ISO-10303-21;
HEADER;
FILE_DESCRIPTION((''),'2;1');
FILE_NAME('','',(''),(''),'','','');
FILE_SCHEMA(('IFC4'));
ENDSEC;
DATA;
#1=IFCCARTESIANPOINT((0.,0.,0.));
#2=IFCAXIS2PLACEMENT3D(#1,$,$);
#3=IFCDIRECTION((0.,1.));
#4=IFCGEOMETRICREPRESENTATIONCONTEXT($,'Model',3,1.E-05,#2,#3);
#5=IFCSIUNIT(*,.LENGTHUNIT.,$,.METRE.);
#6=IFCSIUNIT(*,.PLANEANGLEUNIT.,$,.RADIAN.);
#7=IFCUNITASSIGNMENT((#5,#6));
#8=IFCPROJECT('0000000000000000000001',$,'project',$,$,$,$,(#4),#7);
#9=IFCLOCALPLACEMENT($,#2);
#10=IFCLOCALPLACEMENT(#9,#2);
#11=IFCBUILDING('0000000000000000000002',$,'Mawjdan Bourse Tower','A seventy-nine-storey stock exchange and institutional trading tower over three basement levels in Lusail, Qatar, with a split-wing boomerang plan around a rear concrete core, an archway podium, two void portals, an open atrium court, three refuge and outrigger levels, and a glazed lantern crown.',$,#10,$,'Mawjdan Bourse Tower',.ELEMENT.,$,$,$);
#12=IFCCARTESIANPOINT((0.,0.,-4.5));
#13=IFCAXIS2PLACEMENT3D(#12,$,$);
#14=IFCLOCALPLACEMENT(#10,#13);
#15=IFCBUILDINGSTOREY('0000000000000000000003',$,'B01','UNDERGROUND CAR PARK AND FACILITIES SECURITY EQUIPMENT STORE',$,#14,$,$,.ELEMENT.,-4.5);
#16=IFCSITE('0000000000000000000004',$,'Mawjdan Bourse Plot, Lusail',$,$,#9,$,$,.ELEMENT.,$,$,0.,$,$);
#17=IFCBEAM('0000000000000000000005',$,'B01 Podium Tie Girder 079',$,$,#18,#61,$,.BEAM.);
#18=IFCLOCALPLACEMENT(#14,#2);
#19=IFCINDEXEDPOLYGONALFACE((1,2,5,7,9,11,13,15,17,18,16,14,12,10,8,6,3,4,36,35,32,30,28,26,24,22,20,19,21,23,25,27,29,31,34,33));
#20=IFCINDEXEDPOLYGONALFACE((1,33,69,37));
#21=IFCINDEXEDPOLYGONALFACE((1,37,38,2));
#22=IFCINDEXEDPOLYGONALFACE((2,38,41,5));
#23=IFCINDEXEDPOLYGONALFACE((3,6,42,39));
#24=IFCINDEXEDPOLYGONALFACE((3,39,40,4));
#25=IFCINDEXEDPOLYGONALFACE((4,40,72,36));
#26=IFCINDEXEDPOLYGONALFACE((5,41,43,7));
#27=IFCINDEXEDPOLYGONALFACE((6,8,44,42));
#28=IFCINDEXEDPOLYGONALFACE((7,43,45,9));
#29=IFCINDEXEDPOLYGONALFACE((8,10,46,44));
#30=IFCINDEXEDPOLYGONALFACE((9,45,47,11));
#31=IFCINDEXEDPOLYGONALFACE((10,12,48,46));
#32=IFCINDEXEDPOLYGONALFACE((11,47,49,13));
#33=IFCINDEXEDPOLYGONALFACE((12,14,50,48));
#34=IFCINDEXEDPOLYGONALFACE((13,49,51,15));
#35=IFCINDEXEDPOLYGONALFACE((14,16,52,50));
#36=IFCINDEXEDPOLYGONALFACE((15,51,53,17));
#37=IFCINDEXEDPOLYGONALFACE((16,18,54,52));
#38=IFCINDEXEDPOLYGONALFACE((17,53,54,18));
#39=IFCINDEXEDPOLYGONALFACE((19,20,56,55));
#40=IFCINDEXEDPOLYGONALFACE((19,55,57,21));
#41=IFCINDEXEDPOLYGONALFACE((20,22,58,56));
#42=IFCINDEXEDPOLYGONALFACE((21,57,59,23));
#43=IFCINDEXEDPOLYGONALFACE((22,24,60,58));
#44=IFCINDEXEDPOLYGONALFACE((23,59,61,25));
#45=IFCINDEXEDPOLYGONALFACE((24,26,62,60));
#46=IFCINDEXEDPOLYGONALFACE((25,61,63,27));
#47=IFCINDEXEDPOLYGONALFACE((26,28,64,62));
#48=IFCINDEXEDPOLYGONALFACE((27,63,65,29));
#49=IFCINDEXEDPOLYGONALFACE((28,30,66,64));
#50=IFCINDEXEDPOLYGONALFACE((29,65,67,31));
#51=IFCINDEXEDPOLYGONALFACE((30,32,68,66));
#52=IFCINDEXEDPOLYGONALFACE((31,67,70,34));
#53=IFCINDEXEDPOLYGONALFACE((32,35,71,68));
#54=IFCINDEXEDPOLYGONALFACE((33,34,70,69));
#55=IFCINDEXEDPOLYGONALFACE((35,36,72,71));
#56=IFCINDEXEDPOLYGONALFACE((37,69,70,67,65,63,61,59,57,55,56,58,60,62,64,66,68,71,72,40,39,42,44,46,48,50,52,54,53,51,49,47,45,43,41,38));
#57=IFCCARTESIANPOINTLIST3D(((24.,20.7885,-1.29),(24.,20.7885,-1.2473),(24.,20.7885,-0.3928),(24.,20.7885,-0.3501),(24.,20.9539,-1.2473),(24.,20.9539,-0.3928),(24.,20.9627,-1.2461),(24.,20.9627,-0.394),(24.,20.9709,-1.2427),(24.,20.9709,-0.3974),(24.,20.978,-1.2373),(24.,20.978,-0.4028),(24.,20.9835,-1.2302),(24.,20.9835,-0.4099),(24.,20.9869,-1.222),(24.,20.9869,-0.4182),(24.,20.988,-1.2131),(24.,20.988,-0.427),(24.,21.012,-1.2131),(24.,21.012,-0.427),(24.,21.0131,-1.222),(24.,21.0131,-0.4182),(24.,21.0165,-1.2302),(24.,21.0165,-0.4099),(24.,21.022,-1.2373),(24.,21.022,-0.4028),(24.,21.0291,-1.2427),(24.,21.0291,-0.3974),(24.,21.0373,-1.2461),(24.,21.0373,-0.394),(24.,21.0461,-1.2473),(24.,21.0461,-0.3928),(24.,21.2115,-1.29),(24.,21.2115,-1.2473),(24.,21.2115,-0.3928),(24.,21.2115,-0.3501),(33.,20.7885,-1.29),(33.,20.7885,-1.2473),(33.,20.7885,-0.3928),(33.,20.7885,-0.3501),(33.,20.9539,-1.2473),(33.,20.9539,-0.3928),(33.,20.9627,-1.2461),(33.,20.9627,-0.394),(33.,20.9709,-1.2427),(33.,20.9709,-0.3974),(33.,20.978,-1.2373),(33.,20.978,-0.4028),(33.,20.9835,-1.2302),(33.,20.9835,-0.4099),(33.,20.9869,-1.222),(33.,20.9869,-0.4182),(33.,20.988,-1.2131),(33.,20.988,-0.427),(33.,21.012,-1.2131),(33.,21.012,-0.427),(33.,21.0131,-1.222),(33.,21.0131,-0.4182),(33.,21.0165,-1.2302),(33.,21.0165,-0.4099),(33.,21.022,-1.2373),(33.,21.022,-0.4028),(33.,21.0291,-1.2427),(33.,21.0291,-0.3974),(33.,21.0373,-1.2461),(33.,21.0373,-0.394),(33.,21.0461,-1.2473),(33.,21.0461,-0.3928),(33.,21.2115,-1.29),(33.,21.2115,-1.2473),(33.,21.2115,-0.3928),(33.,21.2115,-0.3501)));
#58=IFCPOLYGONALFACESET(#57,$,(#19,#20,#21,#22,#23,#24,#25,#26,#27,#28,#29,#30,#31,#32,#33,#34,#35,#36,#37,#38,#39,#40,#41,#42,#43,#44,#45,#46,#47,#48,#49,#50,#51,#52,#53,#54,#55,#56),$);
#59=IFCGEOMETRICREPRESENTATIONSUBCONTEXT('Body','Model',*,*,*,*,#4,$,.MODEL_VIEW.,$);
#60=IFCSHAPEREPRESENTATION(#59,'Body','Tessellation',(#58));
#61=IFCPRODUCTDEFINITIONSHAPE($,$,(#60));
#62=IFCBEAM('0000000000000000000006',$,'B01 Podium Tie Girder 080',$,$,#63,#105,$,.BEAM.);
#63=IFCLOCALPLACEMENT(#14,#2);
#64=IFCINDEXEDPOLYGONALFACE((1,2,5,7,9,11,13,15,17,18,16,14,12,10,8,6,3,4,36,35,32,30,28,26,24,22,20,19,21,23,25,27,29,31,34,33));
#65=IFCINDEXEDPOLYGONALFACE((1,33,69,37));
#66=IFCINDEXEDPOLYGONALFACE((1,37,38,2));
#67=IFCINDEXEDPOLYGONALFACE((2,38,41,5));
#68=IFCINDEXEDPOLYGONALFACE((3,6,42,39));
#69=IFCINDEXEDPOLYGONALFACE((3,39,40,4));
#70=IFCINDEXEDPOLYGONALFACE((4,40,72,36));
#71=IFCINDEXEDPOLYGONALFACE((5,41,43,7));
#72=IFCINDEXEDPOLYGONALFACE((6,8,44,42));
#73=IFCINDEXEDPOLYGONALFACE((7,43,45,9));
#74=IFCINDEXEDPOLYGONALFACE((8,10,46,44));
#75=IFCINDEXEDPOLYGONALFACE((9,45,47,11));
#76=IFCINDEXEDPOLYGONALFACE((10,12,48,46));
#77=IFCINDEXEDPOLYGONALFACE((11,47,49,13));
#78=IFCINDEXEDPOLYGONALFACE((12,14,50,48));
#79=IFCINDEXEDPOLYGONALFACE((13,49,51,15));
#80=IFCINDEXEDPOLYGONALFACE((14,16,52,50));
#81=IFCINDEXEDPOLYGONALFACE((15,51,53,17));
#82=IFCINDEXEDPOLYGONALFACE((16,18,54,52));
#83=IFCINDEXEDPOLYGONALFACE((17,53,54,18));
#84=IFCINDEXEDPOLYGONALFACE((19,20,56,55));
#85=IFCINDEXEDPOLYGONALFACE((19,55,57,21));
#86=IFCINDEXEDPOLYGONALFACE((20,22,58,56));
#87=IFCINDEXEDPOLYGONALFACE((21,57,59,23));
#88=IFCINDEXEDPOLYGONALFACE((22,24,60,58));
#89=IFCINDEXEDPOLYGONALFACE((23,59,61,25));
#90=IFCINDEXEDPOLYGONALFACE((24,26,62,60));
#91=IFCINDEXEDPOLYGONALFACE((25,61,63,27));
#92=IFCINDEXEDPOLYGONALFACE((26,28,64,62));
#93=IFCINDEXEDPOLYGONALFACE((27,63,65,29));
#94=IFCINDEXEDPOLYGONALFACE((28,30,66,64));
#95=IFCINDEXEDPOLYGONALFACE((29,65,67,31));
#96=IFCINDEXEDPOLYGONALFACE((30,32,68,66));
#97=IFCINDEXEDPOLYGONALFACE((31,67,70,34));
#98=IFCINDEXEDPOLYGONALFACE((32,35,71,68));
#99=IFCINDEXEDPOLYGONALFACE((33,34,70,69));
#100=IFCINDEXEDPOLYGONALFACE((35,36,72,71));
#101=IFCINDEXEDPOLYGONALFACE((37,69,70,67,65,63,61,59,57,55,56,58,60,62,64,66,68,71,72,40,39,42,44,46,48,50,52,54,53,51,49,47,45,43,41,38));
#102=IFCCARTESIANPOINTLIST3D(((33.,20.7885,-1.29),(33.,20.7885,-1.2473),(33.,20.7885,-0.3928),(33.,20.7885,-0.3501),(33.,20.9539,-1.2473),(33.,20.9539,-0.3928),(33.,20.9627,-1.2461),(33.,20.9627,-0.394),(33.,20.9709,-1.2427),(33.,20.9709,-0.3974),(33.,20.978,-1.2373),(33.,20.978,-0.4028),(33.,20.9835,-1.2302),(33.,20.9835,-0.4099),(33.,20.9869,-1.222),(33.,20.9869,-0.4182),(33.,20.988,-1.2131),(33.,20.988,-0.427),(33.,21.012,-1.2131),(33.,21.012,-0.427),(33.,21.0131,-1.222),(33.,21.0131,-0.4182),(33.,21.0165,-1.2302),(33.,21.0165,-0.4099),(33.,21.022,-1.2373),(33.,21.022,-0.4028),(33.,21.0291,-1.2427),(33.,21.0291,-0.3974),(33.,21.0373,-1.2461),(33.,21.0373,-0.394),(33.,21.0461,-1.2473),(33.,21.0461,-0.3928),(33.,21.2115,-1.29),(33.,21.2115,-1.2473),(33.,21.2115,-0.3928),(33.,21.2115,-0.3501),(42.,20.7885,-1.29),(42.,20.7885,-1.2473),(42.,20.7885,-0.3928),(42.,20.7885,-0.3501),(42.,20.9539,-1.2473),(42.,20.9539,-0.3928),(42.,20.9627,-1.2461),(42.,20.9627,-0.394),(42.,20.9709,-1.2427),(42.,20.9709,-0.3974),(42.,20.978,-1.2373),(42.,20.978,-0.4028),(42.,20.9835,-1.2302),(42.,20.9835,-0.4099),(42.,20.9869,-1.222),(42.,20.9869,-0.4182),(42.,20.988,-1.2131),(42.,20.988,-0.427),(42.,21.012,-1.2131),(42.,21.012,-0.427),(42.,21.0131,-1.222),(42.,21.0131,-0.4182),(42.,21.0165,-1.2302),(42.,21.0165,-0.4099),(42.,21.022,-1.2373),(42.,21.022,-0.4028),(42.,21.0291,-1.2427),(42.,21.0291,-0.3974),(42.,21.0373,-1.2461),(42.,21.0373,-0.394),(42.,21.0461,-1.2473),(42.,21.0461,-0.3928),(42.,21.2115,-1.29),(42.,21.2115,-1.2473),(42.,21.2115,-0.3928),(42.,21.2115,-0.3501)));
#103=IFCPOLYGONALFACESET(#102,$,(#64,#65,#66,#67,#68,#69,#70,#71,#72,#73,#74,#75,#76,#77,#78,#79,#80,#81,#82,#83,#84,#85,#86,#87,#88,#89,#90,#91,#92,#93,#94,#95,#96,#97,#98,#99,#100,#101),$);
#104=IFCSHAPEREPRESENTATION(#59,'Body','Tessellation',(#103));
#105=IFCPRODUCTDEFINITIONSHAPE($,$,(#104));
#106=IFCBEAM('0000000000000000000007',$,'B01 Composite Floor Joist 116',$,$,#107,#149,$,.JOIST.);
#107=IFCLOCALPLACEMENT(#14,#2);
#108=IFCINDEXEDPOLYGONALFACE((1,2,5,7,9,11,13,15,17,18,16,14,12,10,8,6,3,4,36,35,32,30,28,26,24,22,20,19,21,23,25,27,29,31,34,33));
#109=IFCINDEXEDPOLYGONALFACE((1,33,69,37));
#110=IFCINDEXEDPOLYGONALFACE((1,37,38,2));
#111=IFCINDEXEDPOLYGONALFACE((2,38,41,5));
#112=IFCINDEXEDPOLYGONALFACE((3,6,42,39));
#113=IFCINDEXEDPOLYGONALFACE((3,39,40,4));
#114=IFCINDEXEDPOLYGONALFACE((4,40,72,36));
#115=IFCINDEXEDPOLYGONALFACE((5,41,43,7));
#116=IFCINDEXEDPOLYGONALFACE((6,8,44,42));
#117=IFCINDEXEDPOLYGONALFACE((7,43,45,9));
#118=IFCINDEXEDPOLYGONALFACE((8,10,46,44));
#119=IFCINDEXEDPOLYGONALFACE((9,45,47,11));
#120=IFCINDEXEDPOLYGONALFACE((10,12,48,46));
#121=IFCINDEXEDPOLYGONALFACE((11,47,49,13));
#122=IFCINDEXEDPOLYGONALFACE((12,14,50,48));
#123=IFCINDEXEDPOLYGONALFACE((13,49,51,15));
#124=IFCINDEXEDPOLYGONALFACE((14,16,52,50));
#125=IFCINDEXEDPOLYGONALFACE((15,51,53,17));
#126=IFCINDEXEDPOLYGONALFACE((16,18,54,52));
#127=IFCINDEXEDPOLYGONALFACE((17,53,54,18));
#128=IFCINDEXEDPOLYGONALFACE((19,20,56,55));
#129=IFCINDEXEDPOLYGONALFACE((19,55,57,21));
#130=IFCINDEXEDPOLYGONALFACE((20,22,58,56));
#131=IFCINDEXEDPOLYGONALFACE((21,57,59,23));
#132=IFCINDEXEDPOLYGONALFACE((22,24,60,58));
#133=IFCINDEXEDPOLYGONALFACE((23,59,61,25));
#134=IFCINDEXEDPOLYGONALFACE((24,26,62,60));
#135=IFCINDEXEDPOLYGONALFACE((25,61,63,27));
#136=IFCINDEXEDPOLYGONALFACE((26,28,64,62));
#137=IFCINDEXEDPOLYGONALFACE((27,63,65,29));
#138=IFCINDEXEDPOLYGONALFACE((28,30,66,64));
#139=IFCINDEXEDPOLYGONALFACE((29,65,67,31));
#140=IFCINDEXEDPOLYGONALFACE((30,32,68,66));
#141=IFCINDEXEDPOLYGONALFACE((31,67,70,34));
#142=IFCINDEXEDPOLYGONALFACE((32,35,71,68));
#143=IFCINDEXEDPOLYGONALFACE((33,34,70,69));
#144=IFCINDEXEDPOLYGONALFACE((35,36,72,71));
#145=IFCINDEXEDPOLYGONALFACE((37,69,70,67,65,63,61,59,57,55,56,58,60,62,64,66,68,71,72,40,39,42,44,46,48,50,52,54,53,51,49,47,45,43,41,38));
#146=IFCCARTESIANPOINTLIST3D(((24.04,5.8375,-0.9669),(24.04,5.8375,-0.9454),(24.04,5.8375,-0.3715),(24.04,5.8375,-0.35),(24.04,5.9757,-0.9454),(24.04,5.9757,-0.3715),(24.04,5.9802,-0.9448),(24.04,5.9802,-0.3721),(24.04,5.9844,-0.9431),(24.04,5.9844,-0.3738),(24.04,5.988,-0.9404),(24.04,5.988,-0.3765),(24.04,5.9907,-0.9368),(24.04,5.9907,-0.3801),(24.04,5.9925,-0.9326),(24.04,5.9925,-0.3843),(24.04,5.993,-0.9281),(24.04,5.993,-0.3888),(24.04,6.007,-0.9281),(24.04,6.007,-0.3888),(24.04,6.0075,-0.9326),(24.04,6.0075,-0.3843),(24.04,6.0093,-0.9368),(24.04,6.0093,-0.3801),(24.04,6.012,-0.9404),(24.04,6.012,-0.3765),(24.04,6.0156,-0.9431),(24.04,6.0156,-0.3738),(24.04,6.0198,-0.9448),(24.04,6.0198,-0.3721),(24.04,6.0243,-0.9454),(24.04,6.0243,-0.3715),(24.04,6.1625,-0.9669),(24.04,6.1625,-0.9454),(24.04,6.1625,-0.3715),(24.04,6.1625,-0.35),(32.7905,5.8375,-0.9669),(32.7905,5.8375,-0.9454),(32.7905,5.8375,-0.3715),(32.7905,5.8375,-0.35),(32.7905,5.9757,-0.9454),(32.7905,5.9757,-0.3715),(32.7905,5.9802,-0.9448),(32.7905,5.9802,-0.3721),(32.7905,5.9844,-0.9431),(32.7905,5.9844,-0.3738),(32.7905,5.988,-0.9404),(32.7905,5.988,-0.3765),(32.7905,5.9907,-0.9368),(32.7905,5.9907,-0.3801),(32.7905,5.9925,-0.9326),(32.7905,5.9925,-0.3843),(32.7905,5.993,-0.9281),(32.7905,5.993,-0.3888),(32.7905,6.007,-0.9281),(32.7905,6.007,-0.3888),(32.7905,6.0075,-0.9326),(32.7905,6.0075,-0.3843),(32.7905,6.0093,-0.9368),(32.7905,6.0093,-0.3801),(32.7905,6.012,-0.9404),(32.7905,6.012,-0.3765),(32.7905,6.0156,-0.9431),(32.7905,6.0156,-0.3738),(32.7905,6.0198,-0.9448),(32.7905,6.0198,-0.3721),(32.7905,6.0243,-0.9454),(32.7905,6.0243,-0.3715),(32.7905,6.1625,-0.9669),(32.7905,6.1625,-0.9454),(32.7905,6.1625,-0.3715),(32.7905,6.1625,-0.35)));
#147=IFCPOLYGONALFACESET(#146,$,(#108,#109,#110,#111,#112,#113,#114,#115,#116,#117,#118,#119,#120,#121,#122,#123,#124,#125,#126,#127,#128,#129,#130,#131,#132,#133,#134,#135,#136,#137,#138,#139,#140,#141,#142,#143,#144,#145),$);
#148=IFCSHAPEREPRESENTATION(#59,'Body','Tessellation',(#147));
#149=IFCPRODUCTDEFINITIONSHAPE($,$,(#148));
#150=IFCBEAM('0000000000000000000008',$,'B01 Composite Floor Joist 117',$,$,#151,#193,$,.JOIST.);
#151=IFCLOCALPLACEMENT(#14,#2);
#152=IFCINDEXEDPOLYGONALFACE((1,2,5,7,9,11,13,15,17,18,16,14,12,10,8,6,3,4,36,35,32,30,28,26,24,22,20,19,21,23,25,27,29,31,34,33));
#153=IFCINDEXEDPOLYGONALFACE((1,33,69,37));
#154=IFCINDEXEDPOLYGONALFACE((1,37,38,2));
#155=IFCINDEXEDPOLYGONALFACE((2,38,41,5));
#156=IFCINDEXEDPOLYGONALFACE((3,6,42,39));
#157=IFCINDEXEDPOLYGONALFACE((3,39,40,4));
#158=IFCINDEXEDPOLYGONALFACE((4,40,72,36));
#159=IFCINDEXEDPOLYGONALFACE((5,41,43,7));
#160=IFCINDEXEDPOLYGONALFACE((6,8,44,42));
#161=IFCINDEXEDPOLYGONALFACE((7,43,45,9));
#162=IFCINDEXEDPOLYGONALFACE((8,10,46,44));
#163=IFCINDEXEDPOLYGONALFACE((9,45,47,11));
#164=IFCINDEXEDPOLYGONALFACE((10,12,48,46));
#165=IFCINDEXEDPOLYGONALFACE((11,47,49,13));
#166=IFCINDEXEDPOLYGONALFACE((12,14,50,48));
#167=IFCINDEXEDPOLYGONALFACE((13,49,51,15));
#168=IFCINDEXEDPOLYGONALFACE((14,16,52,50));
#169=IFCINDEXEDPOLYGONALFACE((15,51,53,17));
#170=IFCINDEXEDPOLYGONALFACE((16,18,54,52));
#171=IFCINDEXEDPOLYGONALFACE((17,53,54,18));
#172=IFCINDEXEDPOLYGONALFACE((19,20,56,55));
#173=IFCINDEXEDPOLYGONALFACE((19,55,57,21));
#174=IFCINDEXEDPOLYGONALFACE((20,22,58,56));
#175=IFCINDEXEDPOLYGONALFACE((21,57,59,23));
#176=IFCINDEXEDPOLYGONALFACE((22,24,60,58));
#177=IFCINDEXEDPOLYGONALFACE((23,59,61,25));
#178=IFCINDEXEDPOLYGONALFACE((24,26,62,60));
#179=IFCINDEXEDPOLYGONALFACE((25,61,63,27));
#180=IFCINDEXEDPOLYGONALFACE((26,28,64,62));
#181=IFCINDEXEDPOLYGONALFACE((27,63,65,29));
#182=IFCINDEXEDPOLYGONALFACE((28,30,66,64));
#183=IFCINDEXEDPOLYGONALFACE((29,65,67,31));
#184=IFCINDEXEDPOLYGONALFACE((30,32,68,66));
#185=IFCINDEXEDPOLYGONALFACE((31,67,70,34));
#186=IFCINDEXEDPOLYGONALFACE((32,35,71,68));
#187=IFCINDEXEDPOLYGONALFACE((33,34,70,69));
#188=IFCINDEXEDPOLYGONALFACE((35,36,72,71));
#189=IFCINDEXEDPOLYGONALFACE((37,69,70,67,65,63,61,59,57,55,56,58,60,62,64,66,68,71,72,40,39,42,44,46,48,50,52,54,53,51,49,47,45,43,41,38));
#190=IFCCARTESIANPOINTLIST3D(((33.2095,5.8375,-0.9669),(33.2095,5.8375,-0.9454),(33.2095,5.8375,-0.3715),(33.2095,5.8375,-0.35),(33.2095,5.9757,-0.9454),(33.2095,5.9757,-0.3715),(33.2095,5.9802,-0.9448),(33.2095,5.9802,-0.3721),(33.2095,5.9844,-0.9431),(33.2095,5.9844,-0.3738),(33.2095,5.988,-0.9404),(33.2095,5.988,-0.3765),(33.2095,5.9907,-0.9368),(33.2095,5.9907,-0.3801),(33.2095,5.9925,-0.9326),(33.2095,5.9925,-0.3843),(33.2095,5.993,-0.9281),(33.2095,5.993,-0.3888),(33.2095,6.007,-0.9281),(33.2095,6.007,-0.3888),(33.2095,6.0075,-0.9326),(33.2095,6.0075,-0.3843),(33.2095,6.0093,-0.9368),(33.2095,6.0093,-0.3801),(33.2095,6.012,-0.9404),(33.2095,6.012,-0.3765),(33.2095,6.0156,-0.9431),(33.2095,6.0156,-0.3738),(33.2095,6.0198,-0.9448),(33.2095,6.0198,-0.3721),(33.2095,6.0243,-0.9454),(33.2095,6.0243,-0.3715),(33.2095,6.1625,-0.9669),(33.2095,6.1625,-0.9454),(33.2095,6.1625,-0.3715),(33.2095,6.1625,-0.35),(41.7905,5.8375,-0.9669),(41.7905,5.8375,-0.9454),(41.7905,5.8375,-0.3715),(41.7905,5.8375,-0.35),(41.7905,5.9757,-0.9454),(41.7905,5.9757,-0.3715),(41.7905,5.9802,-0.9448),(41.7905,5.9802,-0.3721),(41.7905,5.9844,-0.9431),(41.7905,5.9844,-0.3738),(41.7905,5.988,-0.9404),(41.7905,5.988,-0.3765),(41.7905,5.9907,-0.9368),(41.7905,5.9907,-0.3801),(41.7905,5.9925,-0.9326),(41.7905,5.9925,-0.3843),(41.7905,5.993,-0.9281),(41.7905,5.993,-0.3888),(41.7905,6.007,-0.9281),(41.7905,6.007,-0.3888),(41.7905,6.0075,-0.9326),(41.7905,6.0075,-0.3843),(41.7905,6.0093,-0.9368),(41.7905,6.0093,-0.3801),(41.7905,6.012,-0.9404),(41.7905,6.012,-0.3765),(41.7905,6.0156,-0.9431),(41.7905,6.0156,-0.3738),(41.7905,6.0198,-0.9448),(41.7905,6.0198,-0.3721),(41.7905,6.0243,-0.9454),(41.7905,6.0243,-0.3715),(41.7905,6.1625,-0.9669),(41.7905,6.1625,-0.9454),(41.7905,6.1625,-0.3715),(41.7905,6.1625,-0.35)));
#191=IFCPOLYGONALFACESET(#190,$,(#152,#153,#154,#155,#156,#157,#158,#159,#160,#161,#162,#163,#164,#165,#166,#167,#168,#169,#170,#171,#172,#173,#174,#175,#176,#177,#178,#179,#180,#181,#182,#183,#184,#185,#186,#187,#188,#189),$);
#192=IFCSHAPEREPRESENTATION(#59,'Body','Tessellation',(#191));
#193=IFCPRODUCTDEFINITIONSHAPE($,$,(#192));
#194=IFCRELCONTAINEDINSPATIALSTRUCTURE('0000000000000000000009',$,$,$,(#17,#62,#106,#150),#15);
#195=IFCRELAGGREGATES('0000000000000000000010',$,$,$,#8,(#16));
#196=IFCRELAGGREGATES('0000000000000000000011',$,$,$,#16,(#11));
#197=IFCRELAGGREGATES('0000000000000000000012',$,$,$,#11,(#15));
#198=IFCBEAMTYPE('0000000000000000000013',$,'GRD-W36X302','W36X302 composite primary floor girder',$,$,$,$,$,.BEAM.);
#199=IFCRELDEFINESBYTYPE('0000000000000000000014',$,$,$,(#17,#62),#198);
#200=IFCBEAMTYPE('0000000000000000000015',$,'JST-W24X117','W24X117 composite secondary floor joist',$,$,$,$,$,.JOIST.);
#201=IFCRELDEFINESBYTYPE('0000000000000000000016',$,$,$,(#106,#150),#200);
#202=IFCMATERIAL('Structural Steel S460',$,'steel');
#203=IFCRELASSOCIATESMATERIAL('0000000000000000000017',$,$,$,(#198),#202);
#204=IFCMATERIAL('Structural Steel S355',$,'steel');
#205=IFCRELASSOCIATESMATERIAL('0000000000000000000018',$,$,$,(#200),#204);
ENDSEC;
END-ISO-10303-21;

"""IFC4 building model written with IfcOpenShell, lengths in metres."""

from ifc_helpers import new_model, si_unit, direction, frame, origin, origin_2d, place, context, subcontext, project, spatial, i_section, extrude, material, material_profile, profile_set, type_object, element, save


model = new_model("IFC4")

# Units and contexts
model_context = context("Model", 3, precision=1e-05, world=origin(), true_north=direction((0.0, 1.0)))
body_context = subcontext(model_context, "Body", "Model", "MODEL_VIEW")
ifc_project = project(units=[si_unit("LENGTHUNIT", "METRE"), si_unit("PLANEANGLEUNIT", "RADIAN")], contexts=[model_context])

# Site, building, storey
site_placement = place(None, origin())
site = spatial("IfcSite", under=ifc_project, at=site_placement, Name="Mawjdan Bourse Plot, Lusail", CompositionType="ELEMENT", RefElevation=0.0)
building_placement = place(site_placement, origin())
building = spatial("IfcBuilding", under=site, at=building_placement, Name="Mawjdan Bourse Tower", Description="A seventy-nine-storey stock exchange and institutional trading tower over three basement levels in Lusail, Qatar, with a split-wing boomerang plan around a rear concrete core, an archway podium, two void portals, an open atrium court, three refuge and outrigger levels, and a glazed lantern crown.", LongName="Mawjdan Bourse Tower", CompositionType="ELEMENT")
storey_placement = place(building_placement, frame((0.0, 0.0, -4.5)))
storey = spatial("IfcBuildingStorey", under=building, at=storey_placement, Name="B01", Description="UNDERGROUND CAR PARK AND FACILITIES SECURITY EQUIPMENT STORE", CompositionType="ELEMENT", Elevation=-4.5)

# Beams
ifc_material_1 = material(Name="Structural Steel S460", Category="steel")
ifc_material_profile_1 = material_profile(ifc_material_1, i_section(OverallWidth=0.4231, OverallDepth=0.9399, WebThickness=0.0239, FlangeThickness=0.0427, FilletRadius=0.0342, at=origin_2d()), Name="W36X302")
ifc_profile_set_1 = profile_set([ifc_material_profile_1], Name="Structural Steel S460")
beam_type_1 = type_object("IfcBeamType", Name="GRD-W36X302", Description="W36X302 composite primary floor girder", PredefinedType="BEAM", material=ifc_profile_set_1)
for number, where, z_axis, x_axis, name in (
    (1, (24.0, 21.0, -0.8201), (1.0, 0.0, 0.0), (0.0, 1.0, 0.0), "B01 Podium Tie Girder 079"),
    (2, (33.0, 21.0, -0.8201), (1.0, 0.0, 0.0), (0.0, 1.0, 0.0), "B01 Podium Tie Girder 080"),
):
    element("IfcBeam", number, at=place(storey_placement, frame(where, z_axis=z_axis, x_axis=x_axis)), inside=storey, type_object=beam_type_1, Name=name, PredefinedType="BEAM", context=body_context, shape_type="SweptSolid", body=[
        extrude(i_section(OverallWidth=0.4231, OverallDepth=0.9399, WebThickness=0.0239, FlangeThickness=0.0427, FilletRadius=0.0342, at=origin_2d()), origin(), (0.0, 0.0, 1.0), 9.0),
    ])
ifc_material_2 = material(Name="Structural Steel S355", Category="steel")
ifc_material_profile_2 = material_profile(ifc_material_2, i_section(OverallWidth=0.325, OverallDepth=0.6169, WebThickness=0.0139, FlangeThickness=0.0215, FilletRadius=0.0173, at=origin_2d()), Name="W24X117")
ifc_profile_set_2 = profile_set([ifc_material_profile_2], Name="Structural Steel S355")
beam_type_2 = type_object("IfcBeamType", Name="JST-W24X117", Description="W24X117 composite secondary floor joist", PredefinedType="JOIST", material=ifc_profile_set_2)
beam_1_placement = place(storey_placement, frame((24.04, 6.0, -0.6584), z_axis=(1.0, 0.0, 0.0), x_axis=(0.0, 1.0, 0.0)))
element("IfcBeam", 3, at=beam_1_placement, inside=storey, type_object=beam_type_2, Name="B01 Composite Floor Joist 116", PredefinedType="JOIST", context=body_context, shape_type="SweptSolid", body=[
    extrude(i_section(OverallWidth=0.325, OverallDepth=0.6169, WebThickness=0.0139, FlangeThickness=0.0215, FilletRadius=0.0173, at=origin_2d()), origin(), (0.0, 0.0, 1.0), 8.7505),
])
beam_2_placement = place(storey_placement, frame((33.2095, 6.0, -0.6584), z_axis=(1.0, 0.0, 0.0), x_axis=(0.0, 1.0, 0.0)))
element("IfcBeam", 4, at=beam_2_placement, inside=storey, type_object=beam_type_2, Name="B01 Composite Floor Joist 117", PredefinedType="JOIST", context=body_context, shape_type="SweptSolid", body=[
    extrude(i_section(OverallWidth=0.325, OverallDepth=0.6169, WebThickness=0.0139, FlangeThickness=0.0215, FilletRadius=0.0173, at=origin_2d()), origin(), (0.0, 0.0, 1.0), 8.5811),
])

save(model, "model.ifc")
